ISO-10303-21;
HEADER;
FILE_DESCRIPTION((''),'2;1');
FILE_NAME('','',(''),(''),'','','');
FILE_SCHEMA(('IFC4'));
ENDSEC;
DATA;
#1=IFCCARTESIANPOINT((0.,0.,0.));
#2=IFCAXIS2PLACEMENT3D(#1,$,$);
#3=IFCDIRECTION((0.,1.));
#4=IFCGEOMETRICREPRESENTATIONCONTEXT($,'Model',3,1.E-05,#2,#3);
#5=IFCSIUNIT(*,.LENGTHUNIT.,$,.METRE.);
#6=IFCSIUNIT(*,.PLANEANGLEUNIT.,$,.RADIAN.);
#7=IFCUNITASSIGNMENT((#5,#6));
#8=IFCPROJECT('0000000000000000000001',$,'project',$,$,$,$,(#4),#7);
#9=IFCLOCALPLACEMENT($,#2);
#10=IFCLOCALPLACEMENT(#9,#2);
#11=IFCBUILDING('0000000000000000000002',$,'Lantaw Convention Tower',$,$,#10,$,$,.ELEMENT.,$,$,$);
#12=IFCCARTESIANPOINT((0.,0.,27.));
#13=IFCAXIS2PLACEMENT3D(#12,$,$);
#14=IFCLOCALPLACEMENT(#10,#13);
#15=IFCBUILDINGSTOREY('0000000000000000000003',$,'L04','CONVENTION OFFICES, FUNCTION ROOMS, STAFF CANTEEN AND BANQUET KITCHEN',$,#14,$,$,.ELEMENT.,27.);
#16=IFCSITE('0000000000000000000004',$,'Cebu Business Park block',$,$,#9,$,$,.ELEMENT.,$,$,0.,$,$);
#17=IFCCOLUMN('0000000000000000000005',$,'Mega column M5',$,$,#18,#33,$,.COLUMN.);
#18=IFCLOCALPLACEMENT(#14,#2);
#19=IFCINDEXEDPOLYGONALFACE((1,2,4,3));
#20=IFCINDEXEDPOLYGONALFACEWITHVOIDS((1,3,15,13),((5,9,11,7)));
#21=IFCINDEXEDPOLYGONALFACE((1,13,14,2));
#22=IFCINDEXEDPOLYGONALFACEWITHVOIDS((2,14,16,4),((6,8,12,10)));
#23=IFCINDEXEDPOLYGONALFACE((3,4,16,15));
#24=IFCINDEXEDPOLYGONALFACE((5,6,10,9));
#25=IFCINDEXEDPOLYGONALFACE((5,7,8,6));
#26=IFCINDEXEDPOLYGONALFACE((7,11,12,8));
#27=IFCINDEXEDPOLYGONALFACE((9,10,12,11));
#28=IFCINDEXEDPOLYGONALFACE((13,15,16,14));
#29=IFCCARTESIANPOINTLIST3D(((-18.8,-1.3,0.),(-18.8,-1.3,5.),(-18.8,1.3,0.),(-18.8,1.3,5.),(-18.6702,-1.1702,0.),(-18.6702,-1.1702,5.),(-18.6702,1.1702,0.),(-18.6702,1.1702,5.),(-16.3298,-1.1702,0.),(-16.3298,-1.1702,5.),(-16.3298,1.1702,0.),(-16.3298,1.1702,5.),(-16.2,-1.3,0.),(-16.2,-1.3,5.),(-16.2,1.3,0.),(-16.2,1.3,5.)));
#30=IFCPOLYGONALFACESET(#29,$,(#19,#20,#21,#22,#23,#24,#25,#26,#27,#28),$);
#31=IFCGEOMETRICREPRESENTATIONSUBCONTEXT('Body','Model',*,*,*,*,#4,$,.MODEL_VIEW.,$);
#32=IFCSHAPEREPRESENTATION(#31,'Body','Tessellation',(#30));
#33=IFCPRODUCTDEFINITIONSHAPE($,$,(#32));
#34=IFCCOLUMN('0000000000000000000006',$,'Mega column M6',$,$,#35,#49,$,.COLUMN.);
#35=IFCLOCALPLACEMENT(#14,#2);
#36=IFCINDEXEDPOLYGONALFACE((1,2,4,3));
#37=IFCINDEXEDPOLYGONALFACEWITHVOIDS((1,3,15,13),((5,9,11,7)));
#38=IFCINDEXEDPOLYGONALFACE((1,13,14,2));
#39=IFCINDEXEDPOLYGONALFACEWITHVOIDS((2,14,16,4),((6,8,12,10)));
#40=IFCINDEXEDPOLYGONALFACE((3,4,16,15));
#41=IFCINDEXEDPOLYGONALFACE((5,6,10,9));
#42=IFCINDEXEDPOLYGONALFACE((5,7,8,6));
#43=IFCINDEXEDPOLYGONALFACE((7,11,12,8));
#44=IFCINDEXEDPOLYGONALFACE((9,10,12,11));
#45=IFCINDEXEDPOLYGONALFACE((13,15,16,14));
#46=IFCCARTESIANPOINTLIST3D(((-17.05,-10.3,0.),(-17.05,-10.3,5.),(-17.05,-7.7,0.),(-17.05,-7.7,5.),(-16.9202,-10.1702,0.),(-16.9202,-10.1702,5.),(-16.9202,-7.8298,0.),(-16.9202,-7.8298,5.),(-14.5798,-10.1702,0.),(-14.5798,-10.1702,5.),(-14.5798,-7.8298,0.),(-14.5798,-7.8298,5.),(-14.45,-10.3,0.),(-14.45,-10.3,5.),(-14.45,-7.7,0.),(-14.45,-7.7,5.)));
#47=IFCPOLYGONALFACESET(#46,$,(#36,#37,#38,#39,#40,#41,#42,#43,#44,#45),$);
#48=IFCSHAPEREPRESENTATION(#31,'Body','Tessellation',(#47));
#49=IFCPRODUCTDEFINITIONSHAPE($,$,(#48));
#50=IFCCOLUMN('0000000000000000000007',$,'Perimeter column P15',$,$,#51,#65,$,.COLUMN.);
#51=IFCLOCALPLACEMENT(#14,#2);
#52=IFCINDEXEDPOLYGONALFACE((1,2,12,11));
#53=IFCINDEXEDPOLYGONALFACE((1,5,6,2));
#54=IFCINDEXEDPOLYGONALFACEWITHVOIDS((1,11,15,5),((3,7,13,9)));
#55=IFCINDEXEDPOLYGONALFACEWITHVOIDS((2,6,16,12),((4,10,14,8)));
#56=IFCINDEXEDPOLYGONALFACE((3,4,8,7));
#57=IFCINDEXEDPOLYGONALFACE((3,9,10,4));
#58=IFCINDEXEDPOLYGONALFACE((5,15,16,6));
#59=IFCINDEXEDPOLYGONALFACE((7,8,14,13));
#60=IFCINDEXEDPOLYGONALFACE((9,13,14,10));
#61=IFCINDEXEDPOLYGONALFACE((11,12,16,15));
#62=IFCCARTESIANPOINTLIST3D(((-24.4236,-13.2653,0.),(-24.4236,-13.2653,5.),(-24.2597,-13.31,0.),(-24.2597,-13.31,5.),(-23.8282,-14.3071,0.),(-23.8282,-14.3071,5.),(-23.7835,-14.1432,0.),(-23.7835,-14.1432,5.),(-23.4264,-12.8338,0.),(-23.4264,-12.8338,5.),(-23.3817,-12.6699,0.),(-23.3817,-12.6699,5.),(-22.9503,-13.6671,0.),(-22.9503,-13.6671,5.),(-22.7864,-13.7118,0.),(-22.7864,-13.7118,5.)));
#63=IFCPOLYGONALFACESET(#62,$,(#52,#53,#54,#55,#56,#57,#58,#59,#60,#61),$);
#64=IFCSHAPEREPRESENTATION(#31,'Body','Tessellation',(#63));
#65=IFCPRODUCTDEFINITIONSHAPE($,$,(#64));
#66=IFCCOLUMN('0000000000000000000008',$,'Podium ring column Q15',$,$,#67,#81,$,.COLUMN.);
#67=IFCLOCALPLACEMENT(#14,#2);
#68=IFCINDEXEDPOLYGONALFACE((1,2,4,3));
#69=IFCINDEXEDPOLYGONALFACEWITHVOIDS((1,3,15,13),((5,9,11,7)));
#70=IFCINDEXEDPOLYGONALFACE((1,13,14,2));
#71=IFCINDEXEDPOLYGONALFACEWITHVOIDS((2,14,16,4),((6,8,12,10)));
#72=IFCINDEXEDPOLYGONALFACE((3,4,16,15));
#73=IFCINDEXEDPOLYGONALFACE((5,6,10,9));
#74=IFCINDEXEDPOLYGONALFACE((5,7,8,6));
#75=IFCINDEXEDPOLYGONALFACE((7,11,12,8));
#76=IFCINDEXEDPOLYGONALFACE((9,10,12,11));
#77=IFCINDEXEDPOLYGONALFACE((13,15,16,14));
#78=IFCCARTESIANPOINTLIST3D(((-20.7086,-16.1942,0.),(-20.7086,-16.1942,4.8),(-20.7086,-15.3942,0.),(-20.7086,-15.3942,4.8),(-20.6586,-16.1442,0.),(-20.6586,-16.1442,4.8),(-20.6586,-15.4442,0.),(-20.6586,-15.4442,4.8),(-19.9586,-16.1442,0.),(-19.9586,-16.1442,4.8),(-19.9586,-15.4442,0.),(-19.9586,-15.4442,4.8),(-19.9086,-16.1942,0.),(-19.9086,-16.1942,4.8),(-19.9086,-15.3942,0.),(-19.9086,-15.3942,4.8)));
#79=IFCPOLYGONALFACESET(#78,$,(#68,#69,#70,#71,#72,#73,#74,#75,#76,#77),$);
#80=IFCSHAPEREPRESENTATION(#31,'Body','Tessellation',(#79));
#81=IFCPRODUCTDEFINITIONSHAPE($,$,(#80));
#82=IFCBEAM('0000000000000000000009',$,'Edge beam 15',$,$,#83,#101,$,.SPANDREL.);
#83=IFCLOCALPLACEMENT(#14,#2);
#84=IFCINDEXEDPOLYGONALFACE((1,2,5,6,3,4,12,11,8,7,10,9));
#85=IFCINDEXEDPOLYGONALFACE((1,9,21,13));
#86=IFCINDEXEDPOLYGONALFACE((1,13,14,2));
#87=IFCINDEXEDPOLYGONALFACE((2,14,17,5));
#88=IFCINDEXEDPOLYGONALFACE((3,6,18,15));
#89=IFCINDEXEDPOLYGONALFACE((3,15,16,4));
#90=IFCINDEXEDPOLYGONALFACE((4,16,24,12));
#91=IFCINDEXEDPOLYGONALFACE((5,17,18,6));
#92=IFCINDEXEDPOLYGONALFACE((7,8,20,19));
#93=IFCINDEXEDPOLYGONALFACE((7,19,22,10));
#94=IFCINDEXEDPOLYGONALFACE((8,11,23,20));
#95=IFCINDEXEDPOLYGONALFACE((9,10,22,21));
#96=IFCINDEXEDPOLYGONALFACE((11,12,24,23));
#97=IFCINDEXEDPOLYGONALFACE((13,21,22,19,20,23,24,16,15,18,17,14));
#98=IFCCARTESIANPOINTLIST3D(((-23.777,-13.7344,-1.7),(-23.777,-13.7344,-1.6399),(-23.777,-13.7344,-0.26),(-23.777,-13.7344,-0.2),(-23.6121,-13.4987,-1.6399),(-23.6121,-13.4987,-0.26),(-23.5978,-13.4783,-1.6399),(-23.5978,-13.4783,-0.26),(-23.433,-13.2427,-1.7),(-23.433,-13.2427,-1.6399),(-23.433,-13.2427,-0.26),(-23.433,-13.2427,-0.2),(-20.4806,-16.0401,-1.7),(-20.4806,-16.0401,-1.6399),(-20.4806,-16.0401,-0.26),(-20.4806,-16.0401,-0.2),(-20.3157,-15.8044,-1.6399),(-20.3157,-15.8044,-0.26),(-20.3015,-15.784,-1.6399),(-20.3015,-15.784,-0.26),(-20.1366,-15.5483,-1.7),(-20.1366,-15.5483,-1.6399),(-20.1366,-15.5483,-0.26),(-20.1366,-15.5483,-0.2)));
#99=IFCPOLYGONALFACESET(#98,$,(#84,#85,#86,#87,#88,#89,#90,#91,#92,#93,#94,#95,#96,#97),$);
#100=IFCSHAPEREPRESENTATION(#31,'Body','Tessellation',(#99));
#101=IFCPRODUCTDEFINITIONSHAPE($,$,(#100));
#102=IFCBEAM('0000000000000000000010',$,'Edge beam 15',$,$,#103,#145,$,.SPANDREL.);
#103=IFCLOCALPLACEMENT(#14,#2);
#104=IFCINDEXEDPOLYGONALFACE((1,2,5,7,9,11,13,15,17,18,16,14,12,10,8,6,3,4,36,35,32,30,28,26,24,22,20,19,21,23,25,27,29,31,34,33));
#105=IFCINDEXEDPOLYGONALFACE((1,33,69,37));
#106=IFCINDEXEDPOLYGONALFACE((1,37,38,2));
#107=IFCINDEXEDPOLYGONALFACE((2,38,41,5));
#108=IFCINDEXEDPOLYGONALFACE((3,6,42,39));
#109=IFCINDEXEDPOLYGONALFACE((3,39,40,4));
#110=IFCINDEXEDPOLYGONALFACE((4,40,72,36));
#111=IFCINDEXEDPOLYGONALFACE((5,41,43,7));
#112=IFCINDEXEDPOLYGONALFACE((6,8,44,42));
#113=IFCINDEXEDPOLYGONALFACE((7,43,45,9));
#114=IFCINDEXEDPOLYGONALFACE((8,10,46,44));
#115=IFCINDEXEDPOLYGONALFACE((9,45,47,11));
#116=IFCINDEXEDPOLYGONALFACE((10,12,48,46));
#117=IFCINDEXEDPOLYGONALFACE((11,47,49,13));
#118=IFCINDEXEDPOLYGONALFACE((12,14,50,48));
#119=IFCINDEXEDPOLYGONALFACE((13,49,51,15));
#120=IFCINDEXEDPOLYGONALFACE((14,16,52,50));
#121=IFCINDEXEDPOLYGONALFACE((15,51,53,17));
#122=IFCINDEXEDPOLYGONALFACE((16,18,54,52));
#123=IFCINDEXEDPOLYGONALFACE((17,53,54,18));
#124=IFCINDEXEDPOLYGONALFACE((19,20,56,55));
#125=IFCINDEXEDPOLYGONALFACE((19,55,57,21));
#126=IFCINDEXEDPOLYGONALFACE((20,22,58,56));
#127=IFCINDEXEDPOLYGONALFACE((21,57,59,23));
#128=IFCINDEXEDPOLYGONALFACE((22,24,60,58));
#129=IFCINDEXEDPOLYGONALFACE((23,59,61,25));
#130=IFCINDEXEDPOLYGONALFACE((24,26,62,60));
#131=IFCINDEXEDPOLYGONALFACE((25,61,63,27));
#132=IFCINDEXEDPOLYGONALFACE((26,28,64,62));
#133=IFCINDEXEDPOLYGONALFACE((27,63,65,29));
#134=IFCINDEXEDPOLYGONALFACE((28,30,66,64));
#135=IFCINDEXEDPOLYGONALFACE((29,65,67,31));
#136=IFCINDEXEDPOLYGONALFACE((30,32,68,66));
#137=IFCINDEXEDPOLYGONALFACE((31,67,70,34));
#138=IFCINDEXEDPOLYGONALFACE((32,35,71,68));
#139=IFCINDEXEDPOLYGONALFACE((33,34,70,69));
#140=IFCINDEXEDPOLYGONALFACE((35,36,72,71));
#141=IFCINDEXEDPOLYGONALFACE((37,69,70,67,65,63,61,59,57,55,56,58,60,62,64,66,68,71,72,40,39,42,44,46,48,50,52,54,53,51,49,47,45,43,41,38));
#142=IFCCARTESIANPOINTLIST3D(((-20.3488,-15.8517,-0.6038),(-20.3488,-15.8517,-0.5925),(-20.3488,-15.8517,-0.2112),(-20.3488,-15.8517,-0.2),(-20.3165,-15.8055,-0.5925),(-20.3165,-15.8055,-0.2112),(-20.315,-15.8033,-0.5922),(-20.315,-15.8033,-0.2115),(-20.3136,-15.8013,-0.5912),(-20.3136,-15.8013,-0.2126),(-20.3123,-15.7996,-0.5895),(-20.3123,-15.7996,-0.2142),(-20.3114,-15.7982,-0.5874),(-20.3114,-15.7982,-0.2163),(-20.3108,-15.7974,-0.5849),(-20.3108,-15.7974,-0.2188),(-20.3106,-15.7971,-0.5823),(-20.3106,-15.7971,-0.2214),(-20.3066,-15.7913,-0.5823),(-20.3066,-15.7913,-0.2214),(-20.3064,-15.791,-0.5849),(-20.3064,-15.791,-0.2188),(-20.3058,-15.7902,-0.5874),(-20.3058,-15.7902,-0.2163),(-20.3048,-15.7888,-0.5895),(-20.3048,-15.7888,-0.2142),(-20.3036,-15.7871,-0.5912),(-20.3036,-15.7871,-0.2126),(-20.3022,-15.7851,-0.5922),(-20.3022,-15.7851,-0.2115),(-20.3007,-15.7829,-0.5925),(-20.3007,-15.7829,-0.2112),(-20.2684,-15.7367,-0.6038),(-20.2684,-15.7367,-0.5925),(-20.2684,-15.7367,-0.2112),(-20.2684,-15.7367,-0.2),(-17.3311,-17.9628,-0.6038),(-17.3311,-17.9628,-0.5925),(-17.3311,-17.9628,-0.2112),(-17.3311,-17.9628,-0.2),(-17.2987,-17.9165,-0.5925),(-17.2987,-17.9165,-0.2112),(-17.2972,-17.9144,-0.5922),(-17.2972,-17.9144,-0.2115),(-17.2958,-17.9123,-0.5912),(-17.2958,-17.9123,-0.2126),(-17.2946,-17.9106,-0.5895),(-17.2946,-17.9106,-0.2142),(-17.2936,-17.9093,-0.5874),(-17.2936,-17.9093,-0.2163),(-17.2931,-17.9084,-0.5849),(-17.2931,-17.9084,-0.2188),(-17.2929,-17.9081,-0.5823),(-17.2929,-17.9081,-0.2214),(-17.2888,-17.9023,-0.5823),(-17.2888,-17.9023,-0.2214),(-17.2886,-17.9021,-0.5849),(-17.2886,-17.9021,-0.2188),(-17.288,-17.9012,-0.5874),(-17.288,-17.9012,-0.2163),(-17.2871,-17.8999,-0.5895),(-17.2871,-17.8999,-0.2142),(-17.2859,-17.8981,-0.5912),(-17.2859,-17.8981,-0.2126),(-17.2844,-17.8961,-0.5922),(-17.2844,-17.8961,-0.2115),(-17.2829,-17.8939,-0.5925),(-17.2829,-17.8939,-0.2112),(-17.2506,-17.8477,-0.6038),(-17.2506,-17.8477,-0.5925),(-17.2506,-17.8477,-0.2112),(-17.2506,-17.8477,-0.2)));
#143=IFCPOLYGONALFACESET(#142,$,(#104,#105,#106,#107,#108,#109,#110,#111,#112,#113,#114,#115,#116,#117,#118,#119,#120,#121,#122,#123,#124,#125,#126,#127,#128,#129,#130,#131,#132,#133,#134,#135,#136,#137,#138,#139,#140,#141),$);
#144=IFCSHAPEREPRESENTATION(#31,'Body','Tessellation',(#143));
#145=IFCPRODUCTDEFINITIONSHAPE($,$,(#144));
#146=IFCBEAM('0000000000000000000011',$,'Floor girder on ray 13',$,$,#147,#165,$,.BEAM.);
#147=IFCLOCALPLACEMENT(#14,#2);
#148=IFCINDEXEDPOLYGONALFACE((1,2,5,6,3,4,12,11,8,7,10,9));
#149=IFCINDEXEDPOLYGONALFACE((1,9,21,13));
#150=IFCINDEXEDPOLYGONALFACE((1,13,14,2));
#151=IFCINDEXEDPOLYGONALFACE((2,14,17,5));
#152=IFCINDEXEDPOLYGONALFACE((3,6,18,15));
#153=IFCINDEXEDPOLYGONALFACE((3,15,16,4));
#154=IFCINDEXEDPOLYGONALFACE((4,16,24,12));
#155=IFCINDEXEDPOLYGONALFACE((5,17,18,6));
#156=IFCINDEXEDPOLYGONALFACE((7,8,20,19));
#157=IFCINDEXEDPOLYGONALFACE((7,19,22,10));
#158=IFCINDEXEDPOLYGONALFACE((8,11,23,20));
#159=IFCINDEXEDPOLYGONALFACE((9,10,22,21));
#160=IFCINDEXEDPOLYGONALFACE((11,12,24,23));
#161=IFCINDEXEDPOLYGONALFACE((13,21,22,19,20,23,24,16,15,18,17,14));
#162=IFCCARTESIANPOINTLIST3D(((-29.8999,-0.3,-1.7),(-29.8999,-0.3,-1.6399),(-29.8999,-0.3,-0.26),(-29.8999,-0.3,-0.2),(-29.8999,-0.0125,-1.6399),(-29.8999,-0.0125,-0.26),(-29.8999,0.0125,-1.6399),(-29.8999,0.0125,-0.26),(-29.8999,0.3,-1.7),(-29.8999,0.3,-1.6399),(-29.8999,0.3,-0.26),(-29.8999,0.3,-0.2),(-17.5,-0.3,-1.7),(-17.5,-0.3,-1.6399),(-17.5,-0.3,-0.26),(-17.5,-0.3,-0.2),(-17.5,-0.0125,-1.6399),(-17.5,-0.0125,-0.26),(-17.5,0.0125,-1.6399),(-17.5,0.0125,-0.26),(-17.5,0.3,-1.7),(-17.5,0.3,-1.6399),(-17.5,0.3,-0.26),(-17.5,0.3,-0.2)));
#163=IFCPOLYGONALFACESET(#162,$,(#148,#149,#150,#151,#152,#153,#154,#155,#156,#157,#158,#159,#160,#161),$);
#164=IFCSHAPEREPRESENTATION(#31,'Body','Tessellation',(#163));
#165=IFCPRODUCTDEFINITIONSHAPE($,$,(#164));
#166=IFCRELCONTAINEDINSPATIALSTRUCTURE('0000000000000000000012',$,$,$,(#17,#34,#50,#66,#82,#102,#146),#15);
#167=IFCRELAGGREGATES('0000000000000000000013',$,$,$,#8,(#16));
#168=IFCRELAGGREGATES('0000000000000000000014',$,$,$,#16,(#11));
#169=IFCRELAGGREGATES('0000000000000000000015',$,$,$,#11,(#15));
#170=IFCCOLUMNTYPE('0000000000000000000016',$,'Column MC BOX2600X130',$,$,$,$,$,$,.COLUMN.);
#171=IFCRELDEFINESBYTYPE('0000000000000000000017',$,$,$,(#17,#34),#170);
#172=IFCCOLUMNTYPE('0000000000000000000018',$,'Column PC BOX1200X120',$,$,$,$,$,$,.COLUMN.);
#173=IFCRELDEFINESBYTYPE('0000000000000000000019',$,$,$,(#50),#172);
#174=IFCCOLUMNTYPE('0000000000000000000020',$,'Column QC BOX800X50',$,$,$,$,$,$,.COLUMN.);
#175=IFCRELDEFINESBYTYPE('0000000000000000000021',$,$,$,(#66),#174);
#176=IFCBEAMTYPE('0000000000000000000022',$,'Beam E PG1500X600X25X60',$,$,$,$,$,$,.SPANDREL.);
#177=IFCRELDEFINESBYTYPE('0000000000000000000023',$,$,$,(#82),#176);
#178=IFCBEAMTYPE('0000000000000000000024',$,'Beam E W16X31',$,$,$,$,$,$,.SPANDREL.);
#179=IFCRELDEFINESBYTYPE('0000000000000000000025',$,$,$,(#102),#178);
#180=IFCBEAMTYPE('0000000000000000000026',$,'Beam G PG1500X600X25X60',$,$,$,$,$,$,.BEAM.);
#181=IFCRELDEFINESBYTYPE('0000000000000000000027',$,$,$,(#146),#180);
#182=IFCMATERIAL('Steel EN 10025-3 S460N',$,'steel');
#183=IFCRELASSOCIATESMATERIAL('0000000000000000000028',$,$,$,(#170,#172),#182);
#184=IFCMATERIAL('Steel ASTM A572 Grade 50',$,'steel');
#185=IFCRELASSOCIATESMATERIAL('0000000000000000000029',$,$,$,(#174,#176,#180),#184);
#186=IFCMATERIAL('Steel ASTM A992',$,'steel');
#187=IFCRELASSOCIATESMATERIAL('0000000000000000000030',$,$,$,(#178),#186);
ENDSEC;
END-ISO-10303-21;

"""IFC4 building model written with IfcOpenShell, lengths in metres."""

from ifc_helpers import new_model, si_unit, direction, frame, origin, origin_2d, place, context, subcontext, project, spatial, rectangle, hollow_rectangle, i_section, extrude, material, material_profile, profile_set, type_object, element, save


model = new_model("IFC4")

# Units and contexts
model_context = context("Model", 3, precision=1e-05, world=origin(), true_north=direction((0.0, 1.0)))
body_context = subcontext(model_context, "Body", "Model", "MODEL_VIEW")
ifc_project = project(units=[si_unit("LENGTHUNIT", "METRE"), si_unit("PLANEANGLEUNIT", "RADIAN")], contexts=[model_context])

# Site, building, storey
site_placement = place(None, origin())
site = spatial("IfcSite", under=ifc_project, at=site_placement, Name="Cebu Business Park block", CompositionType="ELEMENT", RefElevation=0.0)
building_placement = place(site_placement, origin())
building = spatial("IfcBuilding", under=site, at=building_placement, Name="Lantaw Convention Tower", CompositionType="ELEMENT")
storey_placement = place(building_placement, frame((0.0, 0.0, 27.0)))
storey = spatial("IfcBuildingStorey", under=building, at=storey_placement, Name="L04", Description="CONVENTION OFFICES, FUNCTION ROOMS, STAFF CANTEEN AND BANQUET KITCHEN", CompositionType="ELEMENT", Elevation=27.0)

# Columns
ifc_material_1 = material(Name="Steel EN 10025-3 S460N", Category="steel")
ifc_material_profile_1 = material_profile(ifc_material_1, hollow_rectangle(XDim=2.6001, YDim=2.6001, WallThickness=0.1299, at=origin_2d()), Name="BOX2600X130")
ifc_material_2 = material(Name="Concrete C60/75", Category="concrete")
ifc_material_profile_2 = material_profile(ifc_material_2, rectangle(XDim=2.3401, YDim=2.3401, at=origin_2d()), Name="Concrete fill of BOX2600X130")
ifc_profile_set_1 = profile_set([ifc_material_profile_1, ifc_material_profile_2], Name="Steel EN 10025-3 S460N")
column_type_1 = type_object("IfcColumnType", Name="Column MC BOX2600X130", PredefinedType="COLUMN", material=ifc_profile_set_1)
for number, where, z_axis, x_axis, name in (
    (1, (-17.5, 0.0, 0.0), (0.0, 0.0, 1.0), (1.0, 0.0, 0.0), "Mega column M5"),
    (2, (-15.75, -9.0, 0.0), (0.0, 0.0, 1.0), (1.0, 0.0, 0.0), "Mega column M6"),
):
    element("IfcColumn", number, at=place(storey_placement, frame(where, z_axis=z_axis, x_axis=x_axis)), inside=storey, type_object=column_type_1, Name=name, PredefinedType="COLUMN", context=body_context, shape_type="SweptSolid", body=[
        extrude(hollow_rectangle(XDim=2.6001, YDim=2.6001, WallThickness=0.1299, at=origin_2d()), origin(), (0.0, 0.0, 1.0), 5.0),
    ])
ifc_material_profile_3 = material_profile(ifc_material_1, hollow_rectangle(XDim=1.2, YDim=1.2, WallThickness=0.1201, at=origin_2d()), Name="BOX1200X120")
ifc_material_profile_4 = material_profile(ifc_material_2, rectangle(XDim=0.96, YDim=0.96, at=origin_2d()), Name="Concrete fill of BOX1200X120")
ifc_profile_set_2 = profile_set([ifc_material_profile_3, ifc_material_profile_4], Name="Steel EN 10025-3 S460N")
column_type_2 = type_object("IfcColumnType", Name="Column PC BOX1200X120", PredefinedType="COLUMN", material=ifc_profile_set_2)
column_1_placement = place(storey_placement, frame((-23.605, -13.4885, 0.0), z_axis=(0.0, 0.0, 1.0), x_axis=(0.868243, 0.496139, 0.0)))
element("IfcColumn", 3, at=column_1_placement, inside=storey, type_object=column_type_2, Name="Perimeter column P15", PredefinedType="COLUMN", context=body_context, shape_type="SweptSolid", body=[
    extrude(hollow_rectangle(XDim=1.2, YDim=1.2, WallThickness=0.1201, at=origin_2d()), origin(), (0.0, 0.0, 1.0), 5.0),
])
ifc_material_3 = material(Name="Steel ASTM A572 Grade 50", Category="steel")
ifc_material_profile_5 = material_profile(ifc_material_3, hollow_rectangle(XDim=0.8, YDim=0.8, WallThickness=0.05, at=origin_2d()), Name="BOX800X50")
ifc_profile_set_3 = profile_set([ifc_material_profile_5], Name="Steel ASTM A572 Grade 50")
column_type_3 = type_object("IfcColumnType", Name="Column QC BOX800X50", PredefinedType="COLUMN", material=ifc_profile_set_3)
column_2_placement = place(storey_placement, frame((-20.3086, -15.7942, 0.0), z_axis=(0.0, 0.0, 1.0), x_axis=(1.0, 0.0, 0.0)))
element("IfcColumn", 4, at=column_2_placement, inside=storey, type_object=column_type_3, Name="Podium ring column Q15", PredefinedType="COLUMN", context=body_context, shape_type="SweptSolid", body=[
    extrude(hollow_rectangle(XDim=0.8, YDim=0.8, WallThickness=0.05, at=origin_2d()), origin(), (0.0, 0.0, 1.0), 4.8),
])

# Beams
ifc_material_profile_6 = material_profile(ifc_material_3, i_section(OverallWidth=0.6001, OverallDepth=1.5, WebThickness=0.0249, FlangeThickness=0.0601, at=origin_2d()), Name="PG1500X600X25X60")
ifc_profile_set_4 = profile_set([ifc_material_profile_6], Name="Steel ASTM A572 Grade 50")
beam_type_1 = type_object("IfcBeamType", Name="Beam E PG1500X600X25X60", PredefinedType="SPANDREL", material=ifc_profile_set_4)
beam_1_placement = place(storey_placement, frame((-23.605, -13.4885, -0.95), z_axis=(0.819443, -0.573161, 0.0), x_axis=(0.573161, 0.819443, 0.0)))
element("IfcBeam", 5, at=beam_1_placement, inside=storey, type_object=beam_type_1, Name="Edge beam 15", PredefinedType="SPANDREL", context=body_context, shape_type="SweptSolid", body=[
    extrude(i_section(OverallWidth=0.6001, OverallDepth=1.5, WebThickness=0.0249, FlangeThickness=0.0601, at=origin_2d()), origin(), (0.0, 0.0, 1.0), 4.0227),
])
ifc_material_4 = material(Name="Steel ASTM A992", Category="steel")
ifc_material_profile_7 = material_profile(ifc_material_4, i_section(OverallWidth=0.1404, OverallDepth=0.4038, WebThickness=0.0071, FlangeThickness=0.0112, FilletRadius=0.0103, at=origin_2d()), Name="W16X31")
ifc_profile_set_5 = profile_set([ifc_material_profile_7], Name="Steel ASTM A992")
beam_type_2 = type_object("IfcBeamType", Name="Beam E W16X31", PredefinedType="SPANDREL", material=ifc_profile_set_5)
beam_2_placement = place(storey_placement, frame((-20.3086, -15.7942, -0.4019), z_axis=(0.819409, -0.573209, 0.0), x_axis=(0.573209, 0.819409, 0.0)))
element("IfcBeam", 6, at=beam_2_placement, inside=storey, type_object=beam_type_2, Name="Edge beam 15", PredefinedType="SPANDREL", context=body_context, shape_type="SweptSolid", body=[
    extrude(i_section(OverallWidth=0.1404, OverallDepth=0.4038, WebThickness=0.0071, FlangeThickness=0.0112, FilletRadius=0.0103, at=origin_2d()), origin(), (0.0, 0.0, 1.0), 3.6829),
])
ifc_material_profile_8 = material_profile(ifc_material_3, i_section(OverallWidth=0.6001, OverallDepth=1.5, WebThickness=0.0249, FlangeThickness=0.0601, at=origin_2d()), Name="PG1500X600X25X60")
ifc_profile_set_6 = profile_set([ifc_material_profile_8], Name="Steel ASTM A572 Grade 50")
beam_type_3 = type_object("IfcBeamType", Name="Beam G PG1500X600X25X60", PredefinedType="BEAM", material=ifc_profile_set_6)
beam_3_placement = place(storey_placement, frame((-17.5, 0.0, -0.95), z_axis=(-1.0, 0.0, 0.0), x_axis=(0.0, -1.0, 0.0)))
element("IfcBeam", 7, at=beam_3_placement, inside=storey, type_object=beam_type_3, Name="Floor girder on ray 13", PredefinedType="BEAM", context=body_context, shape_type="SweptSolid", body=[
    extrude(i_section(OverallWidth=0.6001, OverallDepth=1.5, WebThickness=0.0249, FlangeThickness=0.0601, at=origin_2d()), origin(), (0.0, 0.0, 1.0), 12.3999),
])

save(model, "model.ifc")
